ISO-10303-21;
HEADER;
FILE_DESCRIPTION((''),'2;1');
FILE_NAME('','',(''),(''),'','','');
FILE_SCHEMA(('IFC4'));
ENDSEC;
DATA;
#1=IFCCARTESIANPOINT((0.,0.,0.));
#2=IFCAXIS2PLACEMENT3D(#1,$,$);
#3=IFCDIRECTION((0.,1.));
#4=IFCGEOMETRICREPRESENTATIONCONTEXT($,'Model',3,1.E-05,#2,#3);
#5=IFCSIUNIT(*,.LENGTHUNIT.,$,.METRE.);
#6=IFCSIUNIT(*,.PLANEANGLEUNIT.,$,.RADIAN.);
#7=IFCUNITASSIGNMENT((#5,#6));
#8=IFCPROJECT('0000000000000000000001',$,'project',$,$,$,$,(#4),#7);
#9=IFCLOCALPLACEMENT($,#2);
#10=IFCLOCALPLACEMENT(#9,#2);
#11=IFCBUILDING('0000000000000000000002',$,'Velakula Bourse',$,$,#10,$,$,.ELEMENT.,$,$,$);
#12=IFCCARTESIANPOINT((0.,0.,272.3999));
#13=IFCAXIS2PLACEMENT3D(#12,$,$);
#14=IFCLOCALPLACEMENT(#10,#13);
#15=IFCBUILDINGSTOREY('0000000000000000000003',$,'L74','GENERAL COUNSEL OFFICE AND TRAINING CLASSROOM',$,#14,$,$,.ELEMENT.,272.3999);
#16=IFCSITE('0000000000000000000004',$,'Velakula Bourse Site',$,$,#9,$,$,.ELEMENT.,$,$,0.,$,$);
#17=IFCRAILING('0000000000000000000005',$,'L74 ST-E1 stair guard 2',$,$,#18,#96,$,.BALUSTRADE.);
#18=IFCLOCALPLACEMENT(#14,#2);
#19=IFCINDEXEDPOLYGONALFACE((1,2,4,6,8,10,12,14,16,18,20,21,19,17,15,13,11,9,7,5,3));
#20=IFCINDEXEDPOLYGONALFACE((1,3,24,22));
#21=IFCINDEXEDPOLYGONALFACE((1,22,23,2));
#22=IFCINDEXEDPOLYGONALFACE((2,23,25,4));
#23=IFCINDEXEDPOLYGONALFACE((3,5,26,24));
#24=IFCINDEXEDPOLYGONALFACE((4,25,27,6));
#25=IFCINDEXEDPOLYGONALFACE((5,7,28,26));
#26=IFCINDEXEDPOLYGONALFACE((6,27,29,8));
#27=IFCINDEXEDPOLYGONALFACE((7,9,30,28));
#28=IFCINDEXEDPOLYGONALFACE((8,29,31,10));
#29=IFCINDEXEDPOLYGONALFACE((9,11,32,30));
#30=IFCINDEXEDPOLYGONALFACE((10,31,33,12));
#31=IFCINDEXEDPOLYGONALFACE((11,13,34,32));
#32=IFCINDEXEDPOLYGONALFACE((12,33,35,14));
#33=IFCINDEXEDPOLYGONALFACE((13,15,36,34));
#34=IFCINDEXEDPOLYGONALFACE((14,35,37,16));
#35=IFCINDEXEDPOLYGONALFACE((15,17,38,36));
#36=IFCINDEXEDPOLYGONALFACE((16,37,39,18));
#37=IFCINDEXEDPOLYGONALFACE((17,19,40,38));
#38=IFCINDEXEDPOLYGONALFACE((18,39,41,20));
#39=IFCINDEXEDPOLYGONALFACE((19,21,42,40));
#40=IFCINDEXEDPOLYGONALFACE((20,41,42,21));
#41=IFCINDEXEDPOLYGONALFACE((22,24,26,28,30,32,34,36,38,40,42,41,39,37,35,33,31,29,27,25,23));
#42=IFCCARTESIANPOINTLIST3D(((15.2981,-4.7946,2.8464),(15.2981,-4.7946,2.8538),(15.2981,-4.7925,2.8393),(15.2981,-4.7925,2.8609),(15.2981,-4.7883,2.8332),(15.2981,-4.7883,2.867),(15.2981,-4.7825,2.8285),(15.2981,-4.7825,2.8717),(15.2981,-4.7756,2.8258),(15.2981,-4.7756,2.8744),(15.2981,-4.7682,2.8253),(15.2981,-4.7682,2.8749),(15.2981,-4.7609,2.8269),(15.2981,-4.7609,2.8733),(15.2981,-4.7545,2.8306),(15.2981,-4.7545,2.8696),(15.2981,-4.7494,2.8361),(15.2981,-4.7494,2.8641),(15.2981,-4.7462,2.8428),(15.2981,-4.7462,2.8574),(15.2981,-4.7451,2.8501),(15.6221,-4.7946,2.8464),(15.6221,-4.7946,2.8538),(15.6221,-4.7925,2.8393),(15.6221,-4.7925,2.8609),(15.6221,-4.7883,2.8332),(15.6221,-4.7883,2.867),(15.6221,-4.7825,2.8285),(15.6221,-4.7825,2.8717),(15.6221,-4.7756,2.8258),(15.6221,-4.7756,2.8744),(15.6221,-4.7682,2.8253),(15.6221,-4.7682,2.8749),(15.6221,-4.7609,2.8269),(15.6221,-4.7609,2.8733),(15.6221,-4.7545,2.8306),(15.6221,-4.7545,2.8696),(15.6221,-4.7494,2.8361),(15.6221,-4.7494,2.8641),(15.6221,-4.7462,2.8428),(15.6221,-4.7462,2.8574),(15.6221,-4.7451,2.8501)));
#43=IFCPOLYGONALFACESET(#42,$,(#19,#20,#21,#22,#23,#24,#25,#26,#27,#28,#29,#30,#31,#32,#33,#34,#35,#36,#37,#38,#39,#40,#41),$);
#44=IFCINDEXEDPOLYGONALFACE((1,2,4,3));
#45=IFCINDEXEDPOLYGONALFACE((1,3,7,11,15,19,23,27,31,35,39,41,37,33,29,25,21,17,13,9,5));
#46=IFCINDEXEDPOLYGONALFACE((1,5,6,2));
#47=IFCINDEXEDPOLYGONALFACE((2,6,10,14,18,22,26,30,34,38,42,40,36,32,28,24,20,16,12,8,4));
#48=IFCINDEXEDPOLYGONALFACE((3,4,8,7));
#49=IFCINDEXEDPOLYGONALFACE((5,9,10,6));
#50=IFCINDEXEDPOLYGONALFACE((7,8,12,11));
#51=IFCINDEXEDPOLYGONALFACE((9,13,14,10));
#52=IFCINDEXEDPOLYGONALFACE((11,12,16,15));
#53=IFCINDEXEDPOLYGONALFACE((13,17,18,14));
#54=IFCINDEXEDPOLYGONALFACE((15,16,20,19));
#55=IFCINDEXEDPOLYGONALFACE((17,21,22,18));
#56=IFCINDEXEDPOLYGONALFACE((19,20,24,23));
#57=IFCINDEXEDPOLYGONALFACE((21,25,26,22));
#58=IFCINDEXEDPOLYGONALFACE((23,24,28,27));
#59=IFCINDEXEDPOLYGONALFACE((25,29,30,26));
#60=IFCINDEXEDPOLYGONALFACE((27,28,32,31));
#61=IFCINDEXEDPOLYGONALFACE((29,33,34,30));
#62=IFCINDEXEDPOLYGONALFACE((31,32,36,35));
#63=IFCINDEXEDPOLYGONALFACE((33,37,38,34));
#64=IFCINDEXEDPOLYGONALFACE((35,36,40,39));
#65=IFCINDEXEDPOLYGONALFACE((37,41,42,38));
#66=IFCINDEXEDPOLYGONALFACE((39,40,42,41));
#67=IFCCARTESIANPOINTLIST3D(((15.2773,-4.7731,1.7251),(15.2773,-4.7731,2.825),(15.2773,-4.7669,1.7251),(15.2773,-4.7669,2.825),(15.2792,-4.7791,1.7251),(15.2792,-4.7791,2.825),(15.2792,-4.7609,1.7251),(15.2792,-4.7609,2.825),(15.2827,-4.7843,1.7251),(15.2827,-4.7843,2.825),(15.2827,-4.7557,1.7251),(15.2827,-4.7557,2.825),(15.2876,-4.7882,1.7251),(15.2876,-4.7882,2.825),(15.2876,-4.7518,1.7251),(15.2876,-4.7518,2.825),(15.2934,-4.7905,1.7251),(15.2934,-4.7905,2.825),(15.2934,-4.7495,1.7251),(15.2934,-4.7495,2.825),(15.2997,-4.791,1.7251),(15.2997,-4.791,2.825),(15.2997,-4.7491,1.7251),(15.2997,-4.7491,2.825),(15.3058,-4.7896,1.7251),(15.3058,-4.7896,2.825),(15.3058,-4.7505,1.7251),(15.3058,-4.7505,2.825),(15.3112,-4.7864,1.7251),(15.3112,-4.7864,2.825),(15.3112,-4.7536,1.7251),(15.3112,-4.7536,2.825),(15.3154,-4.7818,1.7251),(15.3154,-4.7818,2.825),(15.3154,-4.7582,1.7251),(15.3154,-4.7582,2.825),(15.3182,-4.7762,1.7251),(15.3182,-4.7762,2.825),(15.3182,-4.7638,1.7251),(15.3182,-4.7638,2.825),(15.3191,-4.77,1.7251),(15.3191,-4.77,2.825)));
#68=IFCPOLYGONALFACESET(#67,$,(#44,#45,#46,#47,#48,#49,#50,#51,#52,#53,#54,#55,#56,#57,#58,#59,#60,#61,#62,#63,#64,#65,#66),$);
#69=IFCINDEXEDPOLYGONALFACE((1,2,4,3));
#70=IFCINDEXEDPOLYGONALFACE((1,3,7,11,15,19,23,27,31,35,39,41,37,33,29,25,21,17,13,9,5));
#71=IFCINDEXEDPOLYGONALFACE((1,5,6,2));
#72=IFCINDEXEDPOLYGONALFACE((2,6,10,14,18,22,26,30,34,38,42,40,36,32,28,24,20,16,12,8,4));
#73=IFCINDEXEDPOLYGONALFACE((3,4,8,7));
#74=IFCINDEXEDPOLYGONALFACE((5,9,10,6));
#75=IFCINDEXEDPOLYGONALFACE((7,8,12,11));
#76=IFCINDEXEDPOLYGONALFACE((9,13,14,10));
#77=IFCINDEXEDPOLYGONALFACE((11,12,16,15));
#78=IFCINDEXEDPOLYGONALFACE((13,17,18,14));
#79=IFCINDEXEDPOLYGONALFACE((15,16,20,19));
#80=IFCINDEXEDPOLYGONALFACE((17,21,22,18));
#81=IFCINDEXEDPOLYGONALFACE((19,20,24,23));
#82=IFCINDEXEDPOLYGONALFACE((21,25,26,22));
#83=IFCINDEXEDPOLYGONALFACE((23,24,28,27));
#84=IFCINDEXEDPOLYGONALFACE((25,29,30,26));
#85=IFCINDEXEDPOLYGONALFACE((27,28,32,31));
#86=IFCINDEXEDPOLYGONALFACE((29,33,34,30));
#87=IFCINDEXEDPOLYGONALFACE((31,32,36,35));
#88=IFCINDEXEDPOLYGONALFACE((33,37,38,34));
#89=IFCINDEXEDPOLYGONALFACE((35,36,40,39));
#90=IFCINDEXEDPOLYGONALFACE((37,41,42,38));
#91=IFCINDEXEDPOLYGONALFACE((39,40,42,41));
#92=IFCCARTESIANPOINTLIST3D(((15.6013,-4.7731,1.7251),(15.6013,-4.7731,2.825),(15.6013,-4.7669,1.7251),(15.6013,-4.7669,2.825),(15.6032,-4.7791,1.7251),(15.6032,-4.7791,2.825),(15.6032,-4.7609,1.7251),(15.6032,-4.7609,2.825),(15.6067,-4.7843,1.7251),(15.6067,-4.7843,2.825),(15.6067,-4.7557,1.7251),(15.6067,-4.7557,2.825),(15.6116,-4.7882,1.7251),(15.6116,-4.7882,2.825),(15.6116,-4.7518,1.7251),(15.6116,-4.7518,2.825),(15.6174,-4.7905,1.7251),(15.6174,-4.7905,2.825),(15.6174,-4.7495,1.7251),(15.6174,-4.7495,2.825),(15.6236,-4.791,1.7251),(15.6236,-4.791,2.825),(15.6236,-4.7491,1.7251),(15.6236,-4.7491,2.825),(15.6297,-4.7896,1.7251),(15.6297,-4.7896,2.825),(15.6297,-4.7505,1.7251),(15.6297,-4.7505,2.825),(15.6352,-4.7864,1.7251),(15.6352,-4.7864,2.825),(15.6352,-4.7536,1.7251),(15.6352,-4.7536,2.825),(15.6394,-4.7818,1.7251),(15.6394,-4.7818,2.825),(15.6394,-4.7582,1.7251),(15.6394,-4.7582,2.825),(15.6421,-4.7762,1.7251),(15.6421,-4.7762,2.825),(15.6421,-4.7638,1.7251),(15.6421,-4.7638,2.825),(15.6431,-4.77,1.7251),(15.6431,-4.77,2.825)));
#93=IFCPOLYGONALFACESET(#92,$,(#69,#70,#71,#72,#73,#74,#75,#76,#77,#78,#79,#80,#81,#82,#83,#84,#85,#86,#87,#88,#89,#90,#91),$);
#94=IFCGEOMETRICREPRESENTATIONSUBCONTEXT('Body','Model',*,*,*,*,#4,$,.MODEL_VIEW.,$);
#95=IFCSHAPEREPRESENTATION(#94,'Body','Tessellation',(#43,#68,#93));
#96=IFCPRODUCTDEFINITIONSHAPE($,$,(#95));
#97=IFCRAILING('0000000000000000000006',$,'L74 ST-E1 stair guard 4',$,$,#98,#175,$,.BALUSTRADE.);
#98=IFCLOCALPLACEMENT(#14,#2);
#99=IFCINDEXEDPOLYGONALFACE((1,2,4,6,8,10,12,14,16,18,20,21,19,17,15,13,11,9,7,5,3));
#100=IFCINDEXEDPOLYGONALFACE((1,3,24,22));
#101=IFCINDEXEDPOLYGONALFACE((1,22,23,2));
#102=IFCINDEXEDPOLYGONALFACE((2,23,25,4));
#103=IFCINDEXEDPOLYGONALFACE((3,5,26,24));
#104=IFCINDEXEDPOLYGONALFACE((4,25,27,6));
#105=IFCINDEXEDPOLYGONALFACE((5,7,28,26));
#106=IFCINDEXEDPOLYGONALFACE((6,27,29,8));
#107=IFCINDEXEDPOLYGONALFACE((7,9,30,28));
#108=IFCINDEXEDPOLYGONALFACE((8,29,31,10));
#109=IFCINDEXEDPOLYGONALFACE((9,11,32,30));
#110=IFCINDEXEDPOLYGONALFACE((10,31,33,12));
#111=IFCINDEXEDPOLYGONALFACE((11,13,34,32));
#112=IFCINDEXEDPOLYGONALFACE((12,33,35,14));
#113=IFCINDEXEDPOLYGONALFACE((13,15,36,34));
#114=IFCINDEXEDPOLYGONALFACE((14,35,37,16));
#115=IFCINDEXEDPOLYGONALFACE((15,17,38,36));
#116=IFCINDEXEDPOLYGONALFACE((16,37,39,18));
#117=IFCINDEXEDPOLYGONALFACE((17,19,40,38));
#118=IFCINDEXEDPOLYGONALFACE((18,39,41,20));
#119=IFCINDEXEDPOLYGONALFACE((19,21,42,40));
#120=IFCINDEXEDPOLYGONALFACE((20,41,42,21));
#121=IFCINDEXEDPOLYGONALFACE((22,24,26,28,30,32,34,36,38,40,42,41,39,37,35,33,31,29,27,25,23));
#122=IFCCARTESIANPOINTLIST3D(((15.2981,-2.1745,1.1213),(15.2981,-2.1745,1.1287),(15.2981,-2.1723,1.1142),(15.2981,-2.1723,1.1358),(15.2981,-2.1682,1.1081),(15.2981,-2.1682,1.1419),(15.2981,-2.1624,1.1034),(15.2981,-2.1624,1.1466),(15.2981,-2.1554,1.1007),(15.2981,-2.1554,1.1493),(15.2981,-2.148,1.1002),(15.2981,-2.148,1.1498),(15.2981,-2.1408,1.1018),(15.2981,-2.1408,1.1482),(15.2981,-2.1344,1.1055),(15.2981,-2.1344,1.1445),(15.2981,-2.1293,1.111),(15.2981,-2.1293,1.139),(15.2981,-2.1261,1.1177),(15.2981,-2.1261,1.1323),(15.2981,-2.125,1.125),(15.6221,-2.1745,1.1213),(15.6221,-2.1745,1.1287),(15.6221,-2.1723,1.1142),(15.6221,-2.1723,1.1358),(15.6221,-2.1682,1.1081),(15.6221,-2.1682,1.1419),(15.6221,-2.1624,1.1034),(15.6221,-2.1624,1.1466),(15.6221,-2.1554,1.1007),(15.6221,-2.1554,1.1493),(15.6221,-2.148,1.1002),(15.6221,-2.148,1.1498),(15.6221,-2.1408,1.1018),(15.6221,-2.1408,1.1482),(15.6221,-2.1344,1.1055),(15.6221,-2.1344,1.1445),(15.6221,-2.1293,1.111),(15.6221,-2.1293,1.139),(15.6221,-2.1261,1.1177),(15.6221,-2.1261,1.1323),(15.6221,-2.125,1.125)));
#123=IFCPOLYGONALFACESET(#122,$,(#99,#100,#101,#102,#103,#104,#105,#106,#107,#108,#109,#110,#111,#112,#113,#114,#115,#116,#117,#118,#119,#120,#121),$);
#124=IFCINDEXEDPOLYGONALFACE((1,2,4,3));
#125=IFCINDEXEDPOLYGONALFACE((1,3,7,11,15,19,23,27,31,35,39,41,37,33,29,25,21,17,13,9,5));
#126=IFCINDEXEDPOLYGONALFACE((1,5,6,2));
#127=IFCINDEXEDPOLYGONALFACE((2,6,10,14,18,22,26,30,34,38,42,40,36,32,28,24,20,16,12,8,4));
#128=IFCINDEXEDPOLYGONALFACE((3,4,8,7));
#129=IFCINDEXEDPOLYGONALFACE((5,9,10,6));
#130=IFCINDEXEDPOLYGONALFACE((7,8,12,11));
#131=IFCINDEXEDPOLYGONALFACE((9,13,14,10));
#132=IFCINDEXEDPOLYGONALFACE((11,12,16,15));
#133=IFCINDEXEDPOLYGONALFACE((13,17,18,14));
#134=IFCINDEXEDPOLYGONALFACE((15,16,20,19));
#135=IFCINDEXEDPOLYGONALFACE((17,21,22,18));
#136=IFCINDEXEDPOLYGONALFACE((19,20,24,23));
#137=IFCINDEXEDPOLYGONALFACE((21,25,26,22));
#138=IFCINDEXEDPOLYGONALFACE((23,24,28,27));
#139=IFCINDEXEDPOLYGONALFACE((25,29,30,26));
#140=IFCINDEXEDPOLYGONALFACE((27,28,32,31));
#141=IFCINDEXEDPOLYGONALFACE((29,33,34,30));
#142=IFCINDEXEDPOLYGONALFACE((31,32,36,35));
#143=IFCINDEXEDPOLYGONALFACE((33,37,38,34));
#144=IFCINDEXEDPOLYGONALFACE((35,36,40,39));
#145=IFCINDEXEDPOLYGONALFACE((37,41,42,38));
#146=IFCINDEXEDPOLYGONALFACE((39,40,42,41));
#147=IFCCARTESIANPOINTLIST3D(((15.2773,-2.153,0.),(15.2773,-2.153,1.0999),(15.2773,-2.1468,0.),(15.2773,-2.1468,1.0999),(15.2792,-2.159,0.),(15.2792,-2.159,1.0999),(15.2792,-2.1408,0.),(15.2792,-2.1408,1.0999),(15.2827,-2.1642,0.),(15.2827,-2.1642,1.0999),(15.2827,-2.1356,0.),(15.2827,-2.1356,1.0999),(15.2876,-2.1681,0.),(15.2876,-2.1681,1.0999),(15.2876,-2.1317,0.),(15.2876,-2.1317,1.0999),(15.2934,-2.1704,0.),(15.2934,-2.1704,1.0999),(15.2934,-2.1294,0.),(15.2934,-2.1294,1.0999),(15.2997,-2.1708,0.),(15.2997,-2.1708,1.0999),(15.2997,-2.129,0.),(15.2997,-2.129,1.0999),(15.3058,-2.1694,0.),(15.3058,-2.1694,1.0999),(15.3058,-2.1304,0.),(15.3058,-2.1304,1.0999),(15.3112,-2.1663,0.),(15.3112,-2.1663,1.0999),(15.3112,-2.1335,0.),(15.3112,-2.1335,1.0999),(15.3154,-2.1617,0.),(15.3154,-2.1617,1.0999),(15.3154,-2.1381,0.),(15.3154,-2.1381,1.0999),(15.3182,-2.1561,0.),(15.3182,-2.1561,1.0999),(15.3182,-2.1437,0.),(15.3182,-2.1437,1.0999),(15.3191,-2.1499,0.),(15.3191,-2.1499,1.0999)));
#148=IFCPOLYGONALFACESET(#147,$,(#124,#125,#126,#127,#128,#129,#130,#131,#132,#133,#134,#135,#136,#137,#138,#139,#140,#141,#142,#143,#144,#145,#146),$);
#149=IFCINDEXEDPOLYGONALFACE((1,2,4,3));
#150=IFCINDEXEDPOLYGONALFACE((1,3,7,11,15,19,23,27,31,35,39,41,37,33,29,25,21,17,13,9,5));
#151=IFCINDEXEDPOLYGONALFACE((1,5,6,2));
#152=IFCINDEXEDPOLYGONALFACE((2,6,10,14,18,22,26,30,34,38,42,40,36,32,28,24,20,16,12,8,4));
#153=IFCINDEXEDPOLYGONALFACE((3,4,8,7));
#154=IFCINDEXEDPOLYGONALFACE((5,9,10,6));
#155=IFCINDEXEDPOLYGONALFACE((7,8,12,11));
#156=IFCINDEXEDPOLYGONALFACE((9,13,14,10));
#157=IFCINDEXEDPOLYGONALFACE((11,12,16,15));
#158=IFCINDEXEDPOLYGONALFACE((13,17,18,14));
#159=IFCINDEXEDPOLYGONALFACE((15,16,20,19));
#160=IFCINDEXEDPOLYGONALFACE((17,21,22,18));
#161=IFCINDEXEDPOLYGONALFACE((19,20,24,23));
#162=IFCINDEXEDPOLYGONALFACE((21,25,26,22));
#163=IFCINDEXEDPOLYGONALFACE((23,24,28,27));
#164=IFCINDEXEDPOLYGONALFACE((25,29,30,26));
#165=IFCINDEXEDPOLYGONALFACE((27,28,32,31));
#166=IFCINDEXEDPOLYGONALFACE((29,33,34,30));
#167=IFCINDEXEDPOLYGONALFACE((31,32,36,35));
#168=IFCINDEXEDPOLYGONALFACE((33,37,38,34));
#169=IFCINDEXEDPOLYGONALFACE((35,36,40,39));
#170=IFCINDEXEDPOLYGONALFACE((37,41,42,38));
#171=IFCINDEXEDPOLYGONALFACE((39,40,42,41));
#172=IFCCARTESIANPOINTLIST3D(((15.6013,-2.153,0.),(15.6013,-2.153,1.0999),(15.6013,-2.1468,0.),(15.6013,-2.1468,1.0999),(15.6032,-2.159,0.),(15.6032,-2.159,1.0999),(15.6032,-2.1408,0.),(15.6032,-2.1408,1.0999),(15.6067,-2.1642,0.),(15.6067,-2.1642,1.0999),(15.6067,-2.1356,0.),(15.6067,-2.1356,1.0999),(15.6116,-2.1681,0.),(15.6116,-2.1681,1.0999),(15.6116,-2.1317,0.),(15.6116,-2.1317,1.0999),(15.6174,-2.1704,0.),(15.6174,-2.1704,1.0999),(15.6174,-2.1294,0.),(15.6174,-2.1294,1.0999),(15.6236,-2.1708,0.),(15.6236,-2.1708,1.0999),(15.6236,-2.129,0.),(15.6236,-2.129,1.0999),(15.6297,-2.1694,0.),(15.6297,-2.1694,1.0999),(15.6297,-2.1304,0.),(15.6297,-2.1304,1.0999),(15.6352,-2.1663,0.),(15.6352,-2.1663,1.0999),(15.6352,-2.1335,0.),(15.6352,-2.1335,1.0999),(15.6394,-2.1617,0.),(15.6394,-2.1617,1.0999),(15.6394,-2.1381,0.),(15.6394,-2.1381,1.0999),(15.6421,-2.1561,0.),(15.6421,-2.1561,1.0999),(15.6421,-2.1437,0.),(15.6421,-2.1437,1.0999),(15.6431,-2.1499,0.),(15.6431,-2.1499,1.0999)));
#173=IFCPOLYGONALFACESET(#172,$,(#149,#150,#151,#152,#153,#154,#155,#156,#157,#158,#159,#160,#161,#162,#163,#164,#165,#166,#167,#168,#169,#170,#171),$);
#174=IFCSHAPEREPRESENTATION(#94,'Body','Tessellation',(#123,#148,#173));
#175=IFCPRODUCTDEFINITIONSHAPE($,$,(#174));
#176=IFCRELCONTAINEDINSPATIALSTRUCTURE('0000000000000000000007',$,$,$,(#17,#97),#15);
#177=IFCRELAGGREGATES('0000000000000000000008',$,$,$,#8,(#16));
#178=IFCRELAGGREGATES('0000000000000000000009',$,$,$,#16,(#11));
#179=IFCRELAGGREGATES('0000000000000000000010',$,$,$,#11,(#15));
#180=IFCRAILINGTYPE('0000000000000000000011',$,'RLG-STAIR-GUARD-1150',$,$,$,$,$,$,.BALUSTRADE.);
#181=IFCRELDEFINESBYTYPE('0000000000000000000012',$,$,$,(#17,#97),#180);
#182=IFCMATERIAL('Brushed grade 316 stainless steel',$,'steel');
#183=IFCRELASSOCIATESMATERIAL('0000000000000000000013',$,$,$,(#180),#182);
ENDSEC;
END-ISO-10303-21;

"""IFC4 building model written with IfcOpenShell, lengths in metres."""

from ifc_helpers import new_model, si_unit, direction, frame, origin, origin_2d, place, context, subcontext, project, spatial, circle, extrude, material, type_object, element, save


model = new_model("IFC4")

# Units and contexts
model_context = context("Model", 3, precision=1e-05, world=origin(), true_north=direction((0.0, 1.0)))
body_context = subcontext(model_context, "Body", "Model", "MODEL_VIEW")
ifc_project = project(units=[si_unit("LENGTHUNIT", "METRE"), si_unit("PLANEANGLEUNIT", "RADIAN")], contexts=[model_context])

# Site, building, storey
site_placement = place(None, origin())
site = spatial("IfcSite", under=ifc_project, at=site_placement, Name="Velakula Bourse Site", CompositionType="ELEMENT", RefElevation=0.0)
building_placement = place(site_placement, origin())
building = spatial("IfcBuilding", under=site, at=building_placement, Name="Velakula Bourse", CompositionType="ELEMENT")
storey_placement = place(building_placement, frame((0.0, 0.0, 272.3999)))
storey = spatial("IfcBuildingStorey", under=building, at=storey_placement, Name="L74", Description="GENERAL COUNSEL OFFICE AND TRAINING CLASSROOM", CompositionType="ELEMENT", Elevation=272.3999)

# Shared definitions
ifc_material_1 = material(Name="Brushed grade 316 stainless steel", Category="steel")

# Railings
railing_type_1 = type_object("IfcRailingType", Name="RLG-STAIR-GUARD-1150", PredefinedType="BALUSTRADE", material=ifc_material_1)
for number, where, name in (
    (1, (15.2981, -4.77, 1.7251), "L74 ST-E1 stair guard 2"),
    (2, (15.2981, -2.1499, 0.0), "L74 ST-E1 stair guard 4"),
):
    element("IfcRailing", number, at=place(storey_placement, frame(where)), inside=storey, type_object=railing_type_1, Name=name, PredefinedType="BALUSTRADE", context=body_context, shape_type="SweptSolid", body=[
        extrude(circle(Radius=0.0249, at=origin_2d()), frame((0.0, 0.0, 1.125), z_axis=(1.0, 0.0, 0.0), x_axis=(0.0, 1.0, 0.0)), (0.0, 0.0, 1.0), 0.324),
        extrude(circle(Radius=0.021, at=origin_2d()), origin(), (0.0, 0.0, 1.0), 1.0999),
        extrude(circle(Radius=0.021, at=origin_2d()), frame((0.324, 0.0, 0.0)), (0.0, 0.0, 1.0), 1.0999),
    ])

save(model, "model.ifc")
